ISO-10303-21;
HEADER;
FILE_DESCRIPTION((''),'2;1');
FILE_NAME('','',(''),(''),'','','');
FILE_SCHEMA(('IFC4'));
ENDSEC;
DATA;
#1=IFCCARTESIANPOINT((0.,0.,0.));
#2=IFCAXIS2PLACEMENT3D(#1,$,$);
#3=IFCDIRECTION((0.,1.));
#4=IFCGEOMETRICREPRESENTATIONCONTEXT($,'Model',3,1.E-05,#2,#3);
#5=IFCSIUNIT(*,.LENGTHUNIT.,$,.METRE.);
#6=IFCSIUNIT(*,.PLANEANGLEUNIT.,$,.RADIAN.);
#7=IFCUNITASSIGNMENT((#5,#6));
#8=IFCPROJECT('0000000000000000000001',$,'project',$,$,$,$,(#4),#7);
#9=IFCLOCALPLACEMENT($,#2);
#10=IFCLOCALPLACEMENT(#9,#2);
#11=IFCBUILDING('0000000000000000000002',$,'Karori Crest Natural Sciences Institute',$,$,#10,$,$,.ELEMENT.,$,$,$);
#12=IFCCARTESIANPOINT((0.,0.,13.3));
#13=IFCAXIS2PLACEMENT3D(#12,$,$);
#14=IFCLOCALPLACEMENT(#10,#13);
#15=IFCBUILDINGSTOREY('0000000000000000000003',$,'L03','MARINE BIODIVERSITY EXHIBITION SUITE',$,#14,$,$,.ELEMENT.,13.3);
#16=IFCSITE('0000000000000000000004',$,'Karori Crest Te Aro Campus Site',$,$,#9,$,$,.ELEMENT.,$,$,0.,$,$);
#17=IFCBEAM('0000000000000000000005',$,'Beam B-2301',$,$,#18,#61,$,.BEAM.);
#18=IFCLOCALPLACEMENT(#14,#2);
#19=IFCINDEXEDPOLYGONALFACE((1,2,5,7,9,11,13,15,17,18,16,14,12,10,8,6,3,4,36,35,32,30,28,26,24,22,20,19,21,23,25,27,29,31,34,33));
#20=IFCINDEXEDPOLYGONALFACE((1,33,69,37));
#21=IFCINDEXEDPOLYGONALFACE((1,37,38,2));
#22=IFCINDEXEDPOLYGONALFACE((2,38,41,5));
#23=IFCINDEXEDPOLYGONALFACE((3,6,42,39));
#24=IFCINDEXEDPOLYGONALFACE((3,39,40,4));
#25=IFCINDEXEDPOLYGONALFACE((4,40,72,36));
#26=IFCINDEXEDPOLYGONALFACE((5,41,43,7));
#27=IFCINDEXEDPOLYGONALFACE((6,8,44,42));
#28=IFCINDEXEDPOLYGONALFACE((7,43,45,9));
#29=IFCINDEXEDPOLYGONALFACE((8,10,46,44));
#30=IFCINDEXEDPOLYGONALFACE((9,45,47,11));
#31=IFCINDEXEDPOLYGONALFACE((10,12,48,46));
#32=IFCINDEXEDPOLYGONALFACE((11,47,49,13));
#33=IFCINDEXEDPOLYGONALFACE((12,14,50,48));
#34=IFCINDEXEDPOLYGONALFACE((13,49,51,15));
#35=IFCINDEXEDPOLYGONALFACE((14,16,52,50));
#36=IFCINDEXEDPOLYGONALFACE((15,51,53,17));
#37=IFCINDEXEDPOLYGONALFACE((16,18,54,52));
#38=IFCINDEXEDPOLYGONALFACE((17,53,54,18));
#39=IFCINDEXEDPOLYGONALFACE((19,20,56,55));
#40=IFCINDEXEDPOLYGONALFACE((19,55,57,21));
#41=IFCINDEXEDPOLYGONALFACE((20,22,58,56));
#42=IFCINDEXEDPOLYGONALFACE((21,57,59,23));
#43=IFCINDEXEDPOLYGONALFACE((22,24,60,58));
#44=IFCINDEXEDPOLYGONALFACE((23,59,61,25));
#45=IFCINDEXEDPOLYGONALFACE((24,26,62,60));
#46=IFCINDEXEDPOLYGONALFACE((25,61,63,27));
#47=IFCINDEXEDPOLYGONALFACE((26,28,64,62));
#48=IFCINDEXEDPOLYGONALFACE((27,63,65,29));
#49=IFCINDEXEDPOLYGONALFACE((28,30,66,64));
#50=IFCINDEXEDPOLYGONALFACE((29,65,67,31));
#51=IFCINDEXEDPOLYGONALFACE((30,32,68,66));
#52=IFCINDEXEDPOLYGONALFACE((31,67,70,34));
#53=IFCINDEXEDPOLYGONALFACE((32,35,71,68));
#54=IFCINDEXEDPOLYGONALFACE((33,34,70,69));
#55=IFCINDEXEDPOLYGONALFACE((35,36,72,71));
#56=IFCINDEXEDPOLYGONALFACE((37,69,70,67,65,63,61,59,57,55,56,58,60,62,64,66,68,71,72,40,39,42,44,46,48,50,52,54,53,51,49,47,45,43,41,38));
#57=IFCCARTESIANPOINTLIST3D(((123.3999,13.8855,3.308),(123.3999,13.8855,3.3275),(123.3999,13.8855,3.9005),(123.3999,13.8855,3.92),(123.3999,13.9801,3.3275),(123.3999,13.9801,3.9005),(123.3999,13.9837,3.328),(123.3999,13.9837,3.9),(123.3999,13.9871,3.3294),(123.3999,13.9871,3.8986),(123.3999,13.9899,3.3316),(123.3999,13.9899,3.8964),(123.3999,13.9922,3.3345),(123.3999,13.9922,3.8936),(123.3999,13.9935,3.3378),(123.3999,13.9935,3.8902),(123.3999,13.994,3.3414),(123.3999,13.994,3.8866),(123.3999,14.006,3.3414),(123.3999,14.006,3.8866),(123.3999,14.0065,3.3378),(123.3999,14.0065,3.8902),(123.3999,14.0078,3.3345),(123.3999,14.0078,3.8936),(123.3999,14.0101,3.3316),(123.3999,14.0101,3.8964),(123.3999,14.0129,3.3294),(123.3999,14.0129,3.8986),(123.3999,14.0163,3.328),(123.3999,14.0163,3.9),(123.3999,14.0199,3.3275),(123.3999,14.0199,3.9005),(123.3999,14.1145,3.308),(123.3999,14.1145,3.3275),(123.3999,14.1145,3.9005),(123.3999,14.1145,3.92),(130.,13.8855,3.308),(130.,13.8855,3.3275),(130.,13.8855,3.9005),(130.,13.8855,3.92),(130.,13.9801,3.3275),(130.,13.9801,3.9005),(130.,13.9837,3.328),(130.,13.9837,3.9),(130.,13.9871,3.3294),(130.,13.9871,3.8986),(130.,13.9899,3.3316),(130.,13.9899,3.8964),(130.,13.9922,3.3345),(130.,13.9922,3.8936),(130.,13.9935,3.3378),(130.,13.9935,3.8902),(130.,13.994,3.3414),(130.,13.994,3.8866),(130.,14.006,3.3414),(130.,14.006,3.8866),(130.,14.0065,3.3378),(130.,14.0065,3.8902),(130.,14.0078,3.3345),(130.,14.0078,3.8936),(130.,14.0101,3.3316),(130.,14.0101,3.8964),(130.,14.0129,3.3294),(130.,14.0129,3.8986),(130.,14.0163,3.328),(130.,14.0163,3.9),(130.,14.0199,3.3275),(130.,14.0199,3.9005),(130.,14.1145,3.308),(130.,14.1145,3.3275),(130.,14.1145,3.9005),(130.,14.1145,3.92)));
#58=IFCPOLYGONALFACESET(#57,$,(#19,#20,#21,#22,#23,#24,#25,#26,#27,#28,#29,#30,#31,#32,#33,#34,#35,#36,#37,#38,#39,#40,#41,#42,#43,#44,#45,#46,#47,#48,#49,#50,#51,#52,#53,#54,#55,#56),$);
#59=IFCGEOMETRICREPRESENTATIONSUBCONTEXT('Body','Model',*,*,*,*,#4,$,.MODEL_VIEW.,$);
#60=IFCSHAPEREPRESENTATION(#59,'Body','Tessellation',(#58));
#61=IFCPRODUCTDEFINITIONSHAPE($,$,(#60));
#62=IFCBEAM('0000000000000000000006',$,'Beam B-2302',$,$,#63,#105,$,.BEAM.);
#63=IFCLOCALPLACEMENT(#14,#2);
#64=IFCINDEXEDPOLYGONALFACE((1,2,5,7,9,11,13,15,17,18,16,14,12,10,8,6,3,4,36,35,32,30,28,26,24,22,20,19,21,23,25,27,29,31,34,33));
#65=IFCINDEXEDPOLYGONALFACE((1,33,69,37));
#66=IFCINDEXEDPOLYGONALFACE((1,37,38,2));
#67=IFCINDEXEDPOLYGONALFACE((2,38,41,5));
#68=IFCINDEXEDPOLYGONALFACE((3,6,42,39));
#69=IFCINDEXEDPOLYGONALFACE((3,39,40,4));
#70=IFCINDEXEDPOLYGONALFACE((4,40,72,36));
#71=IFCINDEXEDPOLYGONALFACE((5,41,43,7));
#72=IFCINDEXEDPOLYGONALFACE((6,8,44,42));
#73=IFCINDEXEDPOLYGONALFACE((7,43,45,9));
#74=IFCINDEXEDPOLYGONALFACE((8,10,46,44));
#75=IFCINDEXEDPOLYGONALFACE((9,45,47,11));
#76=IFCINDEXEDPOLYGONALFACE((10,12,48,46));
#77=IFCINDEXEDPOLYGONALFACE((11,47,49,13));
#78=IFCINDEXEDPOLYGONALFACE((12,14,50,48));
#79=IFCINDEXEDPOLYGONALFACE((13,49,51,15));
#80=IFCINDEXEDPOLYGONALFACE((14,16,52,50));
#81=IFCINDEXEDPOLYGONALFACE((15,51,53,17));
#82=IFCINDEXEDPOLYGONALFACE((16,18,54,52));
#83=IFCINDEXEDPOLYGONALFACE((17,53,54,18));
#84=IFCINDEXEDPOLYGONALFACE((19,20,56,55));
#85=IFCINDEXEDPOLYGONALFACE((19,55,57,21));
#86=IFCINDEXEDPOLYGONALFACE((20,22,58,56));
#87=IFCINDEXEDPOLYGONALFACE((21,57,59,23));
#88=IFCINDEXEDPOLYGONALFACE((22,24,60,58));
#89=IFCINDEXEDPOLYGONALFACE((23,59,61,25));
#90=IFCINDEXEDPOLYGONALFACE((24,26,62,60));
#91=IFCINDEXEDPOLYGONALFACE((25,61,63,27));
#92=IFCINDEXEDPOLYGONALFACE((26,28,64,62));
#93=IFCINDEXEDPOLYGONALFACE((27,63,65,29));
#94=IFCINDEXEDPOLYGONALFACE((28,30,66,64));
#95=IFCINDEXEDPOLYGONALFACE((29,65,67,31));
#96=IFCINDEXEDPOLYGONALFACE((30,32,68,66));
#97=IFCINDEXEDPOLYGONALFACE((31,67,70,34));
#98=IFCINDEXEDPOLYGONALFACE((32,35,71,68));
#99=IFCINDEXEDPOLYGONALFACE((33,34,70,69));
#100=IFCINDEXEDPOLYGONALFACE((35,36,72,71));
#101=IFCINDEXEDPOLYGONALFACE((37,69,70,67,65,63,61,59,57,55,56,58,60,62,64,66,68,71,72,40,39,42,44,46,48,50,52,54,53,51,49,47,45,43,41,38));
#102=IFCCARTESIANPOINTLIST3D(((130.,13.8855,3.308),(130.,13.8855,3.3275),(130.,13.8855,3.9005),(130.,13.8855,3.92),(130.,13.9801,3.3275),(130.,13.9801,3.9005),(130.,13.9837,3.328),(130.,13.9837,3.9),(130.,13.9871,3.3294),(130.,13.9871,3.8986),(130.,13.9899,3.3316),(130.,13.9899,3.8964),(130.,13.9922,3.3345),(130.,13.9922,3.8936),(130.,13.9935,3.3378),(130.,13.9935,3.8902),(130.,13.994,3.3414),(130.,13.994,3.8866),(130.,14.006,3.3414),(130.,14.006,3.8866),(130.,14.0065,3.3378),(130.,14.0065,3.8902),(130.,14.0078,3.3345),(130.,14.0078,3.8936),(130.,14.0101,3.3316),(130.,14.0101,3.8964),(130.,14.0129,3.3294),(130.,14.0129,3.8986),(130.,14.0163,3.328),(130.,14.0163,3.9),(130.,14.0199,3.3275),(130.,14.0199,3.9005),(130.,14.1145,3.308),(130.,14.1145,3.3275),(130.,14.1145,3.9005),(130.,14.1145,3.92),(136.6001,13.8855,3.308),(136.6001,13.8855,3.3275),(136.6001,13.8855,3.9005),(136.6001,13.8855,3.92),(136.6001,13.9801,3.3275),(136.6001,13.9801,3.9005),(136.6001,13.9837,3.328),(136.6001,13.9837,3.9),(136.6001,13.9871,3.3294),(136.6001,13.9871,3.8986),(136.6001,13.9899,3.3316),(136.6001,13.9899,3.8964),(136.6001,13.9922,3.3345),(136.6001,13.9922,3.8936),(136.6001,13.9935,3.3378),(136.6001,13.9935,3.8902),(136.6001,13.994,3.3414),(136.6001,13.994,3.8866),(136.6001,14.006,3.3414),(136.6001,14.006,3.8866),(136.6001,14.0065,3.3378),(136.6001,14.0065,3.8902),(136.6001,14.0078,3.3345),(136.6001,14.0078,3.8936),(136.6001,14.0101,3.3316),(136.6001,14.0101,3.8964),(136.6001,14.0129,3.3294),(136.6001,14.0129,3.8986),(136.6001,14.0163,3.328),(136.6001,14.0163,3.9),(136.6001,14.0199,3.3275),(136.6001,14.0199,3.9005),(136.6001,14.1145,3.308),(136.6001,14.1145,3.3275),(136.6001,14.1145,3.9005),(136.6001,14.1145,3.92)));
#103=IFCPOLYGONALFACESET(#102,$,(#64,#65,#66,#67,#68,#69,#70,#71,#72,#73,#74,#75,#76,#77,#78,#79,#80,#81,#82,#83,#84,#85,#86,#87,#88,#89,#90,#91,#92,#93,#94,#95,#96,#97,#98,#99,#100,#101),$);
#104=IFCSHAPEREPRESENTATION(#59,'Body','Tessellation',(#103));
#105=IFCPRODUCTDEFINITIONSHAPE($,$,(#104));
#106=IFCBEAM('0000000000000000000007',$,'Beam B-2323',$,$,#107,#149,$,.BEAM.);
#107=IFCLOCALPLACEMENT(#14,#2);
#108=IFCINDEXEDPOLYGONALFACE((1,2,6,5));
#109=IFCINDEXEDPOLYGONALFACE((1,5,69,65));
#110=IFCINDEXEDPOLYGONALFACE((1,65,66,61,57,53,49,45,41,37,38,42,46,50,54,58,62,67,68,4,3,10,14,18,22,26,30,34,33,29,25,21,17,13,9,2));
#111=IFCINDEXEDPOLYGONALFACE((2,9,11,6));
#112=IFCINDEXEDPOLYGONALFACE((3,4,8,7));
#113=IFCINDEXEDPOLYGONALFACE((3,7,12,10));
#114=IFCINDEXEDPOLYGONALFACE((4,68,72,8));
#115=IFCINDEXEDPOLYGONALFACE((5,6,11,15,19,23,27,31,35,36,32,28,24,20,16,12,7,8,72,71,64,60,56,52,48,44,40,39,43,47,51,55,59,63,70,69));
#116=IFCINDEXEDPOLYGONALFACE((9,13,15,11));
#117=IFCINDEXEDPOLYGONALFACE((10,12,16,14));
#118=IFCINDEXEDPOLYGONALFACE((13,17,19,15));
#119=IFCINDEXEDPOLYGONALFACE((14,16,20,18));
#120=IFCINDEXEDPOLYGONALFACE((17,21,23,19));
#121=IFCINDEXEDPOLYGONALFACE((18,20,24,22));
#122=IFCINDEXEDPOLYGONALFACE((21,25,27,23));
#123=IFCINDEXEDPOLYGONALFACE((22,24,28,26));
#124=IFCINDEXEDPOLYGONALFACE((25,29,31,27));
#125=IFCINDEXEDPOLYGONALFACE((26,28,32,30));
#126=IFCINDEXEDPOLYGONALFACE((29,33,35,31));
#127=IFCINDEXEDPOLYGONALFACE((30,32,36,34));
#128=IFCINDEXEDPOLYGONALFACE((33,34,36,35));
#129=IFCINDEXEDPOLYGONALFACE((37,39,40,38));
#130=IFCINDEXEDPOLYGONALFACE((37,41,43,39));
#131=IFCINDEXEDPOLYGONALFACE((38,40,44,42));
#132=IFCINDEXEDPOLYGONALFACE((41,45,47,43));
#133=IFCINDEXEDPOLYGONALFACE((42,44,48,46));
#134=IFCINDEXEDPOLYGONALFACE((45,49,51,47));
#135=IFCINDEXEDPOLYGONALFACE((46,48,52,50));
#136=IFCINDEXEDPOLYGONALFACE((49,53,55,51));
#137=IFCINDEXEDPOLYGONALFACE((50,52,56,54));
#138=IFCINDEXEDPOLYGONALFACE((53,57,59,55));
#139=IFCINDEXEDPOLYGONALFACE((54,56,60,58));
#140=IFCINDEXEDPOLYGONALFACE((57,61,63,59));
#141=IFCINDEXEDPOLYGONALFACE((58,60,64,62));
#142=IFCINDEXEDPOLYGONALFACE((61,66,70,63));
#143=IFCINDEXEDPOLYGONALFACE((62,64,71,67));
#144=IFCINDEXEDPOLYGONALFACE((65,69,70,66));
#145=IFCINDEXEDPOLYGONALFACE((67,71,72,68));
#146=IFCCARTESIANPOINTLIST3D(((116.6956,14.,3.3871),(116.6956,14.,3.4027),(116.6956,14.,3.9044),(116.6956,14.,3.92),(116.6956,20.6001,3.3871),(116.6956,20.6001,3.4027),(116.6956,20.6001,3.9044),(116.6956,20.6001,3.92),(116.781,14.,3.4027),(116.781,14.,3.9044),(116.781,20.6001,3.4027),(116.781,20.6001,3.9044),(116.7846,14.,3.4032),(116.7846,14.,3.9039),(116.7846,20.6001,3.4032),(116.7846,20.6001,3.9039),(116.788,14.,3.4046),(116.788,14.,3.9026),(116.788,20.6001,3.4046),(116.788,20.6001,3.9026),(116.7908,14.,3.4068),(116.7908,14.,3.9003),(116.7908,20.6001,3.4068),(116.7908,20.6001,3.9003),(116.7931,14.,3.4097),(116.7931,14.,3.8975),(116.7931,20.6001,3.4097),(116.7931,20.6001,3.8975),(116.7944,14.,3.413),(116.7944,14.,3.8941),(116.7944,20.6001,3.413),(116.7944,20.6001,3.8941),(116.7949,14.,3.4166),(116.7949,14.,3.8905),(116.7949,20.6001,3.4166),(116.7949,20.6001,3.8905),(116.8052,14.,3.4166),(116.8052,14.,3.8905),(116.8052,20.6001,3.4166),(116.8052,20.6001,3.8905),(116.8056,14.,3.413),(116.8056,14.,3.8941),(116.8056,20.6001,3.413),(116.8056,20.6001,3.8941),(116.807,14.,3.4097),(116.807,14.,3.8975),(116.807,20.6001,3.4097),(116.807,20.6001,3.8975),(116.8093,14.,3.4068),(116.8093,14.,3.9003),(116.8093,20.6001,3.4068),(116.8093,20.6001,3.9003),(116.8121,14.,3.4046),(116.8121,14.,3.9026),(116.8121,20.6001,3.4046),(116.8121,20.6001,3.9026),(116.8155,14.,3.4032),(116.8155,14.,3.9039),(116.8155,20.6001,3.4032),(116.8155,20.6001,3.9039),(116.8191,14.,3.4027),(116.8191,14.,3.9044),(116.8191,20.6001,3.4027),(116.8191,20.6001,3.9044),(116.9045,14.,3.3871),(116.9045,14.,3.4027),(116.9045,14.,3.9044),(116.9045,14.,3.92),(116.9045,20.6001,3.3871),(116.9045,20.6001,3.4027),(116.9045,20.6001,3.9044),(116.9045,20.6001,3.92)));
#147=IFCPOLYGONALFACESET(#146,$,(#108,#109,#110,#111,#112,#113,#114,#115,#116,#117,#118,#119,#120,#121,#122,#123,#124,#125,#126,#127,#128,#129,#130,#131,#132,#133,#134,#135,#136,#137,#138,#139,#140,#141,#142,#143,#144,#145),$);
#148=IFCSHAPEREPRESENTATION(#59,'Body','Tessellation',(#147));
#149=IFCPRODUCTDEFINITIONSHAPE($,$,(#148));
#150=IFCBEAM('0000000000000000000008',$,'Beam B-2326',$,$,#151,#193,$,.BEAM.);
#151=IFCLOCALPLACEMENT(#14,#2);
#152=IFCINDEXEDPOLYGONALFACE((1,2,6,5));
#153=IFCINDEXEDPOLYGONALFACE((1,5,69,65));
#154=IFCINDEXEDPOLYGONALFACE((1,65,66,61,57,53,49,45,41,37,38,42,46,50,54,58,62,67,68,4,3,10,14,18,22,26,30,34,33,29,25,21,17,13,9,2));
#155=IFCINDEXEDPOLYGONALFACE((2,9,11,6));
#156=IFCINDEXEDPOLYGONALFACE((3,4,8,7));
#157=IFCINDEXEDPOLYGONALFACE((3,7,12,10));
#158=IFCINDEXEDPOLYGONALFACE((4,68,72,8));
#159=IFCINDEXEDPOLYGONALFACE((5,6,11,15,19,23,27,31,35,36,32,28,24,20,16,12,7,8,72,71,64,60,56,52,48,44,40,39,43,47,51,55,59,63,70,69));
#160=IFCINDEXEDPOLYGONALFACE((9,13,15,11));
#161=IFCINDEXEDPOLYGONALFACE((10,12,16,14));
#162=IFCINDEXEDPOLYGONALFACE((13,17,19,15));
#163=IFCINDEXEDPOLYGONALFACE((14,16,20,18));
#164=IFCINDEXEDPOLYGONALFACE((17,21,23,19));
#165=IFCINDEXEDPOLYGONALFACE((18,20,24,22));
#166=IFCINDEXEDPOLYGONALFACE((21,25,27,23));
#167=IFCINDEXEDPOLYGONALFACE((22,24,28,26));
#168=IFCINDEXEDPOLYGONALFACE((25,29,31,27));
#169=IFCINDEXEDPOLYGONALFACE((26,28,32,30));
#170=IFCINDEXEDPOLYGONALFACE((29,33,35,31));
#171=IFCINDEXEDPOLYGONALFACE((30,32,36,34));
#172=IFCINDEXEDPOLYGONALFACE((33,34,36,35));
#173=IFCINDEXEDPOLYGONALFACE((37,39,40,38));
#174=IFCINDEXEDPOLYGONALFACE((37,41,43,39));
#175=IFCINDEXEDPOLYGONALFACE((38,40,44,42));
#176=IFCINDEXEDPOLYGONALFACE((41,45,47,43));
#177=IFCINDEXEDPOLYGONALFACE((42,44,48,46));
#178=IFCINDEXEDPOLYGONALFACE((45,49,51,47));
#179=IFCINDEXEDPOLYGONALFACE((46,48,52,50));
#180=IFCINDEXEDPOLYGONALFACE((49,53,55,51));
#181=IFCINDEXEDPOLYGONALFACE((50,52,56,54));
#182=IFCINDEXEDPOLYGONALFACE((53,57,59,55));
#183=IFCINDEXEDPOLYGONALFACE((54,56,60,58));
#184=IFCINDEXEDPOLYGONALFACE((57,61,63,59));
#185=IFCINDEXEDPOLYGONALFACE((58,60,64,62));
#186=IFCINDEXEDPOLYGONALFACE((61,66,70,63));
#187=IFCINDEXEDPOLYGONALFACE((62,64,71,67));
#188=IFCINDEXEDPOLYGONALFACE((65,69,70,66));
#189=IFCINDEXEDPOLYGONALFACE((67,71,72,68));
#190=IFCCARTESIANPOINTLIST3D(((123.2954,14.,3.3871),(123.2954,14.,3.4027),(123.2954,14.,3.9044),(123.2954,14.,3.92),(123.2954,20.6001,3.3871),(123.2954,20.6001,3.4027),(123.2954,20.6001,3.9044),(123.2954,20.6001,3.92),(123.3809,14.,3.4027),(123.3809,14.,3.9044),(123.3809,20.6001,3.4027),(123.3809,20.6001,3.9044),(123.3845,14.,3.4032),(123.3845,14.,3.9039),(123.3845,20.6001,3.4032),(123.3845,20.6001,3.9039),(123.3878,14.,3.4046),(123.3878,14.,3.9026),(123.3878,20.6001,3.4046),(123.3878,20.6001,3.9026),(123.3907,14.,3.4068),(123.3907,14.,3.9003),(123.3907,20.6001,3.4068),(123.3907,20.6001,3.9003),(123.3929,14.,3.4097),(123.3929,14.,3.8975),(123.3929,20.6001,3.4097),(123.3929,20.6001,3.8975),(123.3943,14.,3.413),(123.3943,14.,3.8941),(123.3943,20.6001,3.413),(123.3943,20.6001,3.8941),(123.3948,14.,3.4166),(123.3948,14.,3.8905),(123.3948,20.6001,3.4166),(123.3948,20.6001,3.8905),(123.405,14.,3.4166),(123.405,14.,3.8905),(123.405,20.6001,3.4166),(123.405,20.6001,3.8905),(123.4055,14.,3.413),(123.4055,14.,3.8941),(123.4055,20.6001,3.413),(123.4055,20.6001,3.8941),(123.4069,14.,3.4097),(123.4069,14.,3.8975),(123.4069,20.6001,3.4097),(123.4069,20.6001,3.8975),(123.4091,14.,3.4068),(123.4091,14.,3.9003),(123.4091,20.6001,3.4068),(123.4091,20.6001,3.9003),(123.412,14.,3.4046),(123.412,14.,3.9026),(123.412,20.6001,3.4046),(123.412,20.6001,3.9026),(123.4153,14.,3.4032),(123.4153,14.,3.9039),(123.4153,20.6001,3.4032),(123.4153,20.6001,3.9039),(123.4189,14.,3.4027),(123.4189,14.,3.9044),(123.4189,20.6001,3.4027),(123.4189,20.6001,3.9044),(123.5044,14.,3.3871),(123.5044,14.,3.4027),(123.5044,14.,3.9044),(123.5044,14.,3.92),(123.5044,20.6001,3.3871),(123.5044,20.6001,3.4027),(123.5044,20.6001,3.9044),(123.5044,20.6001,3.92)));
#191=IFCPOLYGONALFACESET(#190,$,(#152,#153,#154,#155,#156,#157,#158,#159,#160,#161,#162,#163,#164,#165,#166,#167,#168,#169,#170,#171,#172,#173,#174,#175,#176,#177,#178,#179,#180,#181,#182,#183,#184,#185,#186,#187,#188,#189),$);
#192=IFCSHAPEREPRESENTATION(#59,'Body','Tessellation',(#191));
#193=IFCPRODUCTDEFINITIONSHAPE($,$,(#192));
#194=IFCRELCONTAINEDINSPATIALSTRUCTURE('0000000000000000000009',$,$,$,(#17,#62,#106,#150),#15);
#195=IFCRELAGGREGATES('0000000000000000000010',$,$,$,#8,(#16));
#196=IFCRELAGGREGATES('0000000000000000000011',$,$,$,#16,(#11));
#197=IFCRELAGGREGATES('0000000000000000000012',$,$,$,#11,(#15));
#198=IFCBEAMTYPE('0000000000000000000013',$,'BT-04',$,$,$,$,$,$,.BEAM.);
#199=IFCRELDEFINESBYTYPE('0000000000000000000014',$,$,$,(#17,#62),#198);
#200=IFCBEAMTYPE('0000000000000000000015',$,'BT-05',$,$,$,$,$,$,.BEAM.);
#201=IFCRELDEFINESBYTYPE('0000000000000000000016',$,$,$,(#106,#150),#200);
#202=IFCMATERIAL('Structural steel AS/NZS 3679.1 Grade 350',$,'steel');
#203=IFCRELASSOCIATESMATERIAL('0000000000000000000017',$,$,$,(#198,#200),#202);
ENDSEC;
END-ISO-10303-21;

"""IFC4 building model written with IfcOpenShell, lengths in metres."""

from ifc_helpers import new_model, si_unit, direction, frame, origin, origin_2d, place, context, subcontext, project, spatial, i_section, extrude, material, material_profile, profile_set, type_object, element, save


model = new_model("IFC4")

# Units and contexts
model_context = context("Model", 3, precision=1e-05, world=origin(), true_north=direction((0.0, 1.0)))
body_context = subcontext(model_context, "Body", "Model", "MODEL_VIEW")
ifc_project = project(units=[si_unit("LENGTHUNIT", "METRE"), si_unit("PLANEANGLEUNIT", "RADIAN")], contexts=[model_context])

# Site, building, storey
site_placement = place(None, origin())
site = spatial("IfcSite", under=ifc_project, at=site_placement, Name="Karori Crest Te Aro Campus Site", CompositionType="ELEMENT", RefElevation=0.0)
building_placement = place(site_placement, origin())
building = spatial("IfcBuilding", under=site, at=building_placement, Name="Karori Crest Natural Sciences Institute", CompositionType="ELEMENT")
storey_placement = place(building_placement, frame((0.0, 0.0, 13.3)))
storey = spatial("IfcBuildingStorey", under=building, at=storey_placement, Name="L03", Description="MARINE BIODIVERSITY EXHIBITION SUITE", CompositionType="ELEMENT", Elevation=13.3)

# Shared definitions
ifc_material_1 = material(Name="Structural steel AS/NZS 3679.1 Grade 350", Category="steel")

# Beams
ifc_material_profile_1 = material_profile(ifc_material_1, i_section(OverallWidth=0.229, OverallDepth=0.6121, WebThickness=0.012, FlangeThickness=0.0195, FilletRadius=0.0139, at=origin_2d()), Name="610UB125")
ifc_profile_set_1 = profile_set([ifc_material_profile_1], Name="Structural steel AS/NZS 3679.1 Grade 350")
beam_type_1 = type_object("IfcBeamType", Name="BT-04", PredefinedType="BEAM", material=ifc_profile_set_1)
for number, where, z_axis, x_axis, name in (
    (1, (123.3999, 14.0, 3.614), (1.0, 0.0, 0.0), (0.0, 1.0, 0.0), "Beam B-2301"),
    (2, (130.0, 14.0, 3.614), (1.0, 0.0, 0.0), (0.0, 1.0, 0.0), "Beam B-2302"),
):
    element("IfcBeam", number, at=place(storey_placement, frame(where, z_axis=z_axis, x_axis=x_axis)), inside=storey, type_object=beam_type_1, Name=name, PredefinedType="BEAM", context=body_context, shape_type="SweptSolid", body=[
        extrude(i_section(OverallWidth=0.229, OverallDepth=0.6121, WebThickness=0.012, FlangeThickness=0.0195, FilletRadius=0.0139, at=origin_2d()), origin(), (0.0, 0.0, 1.0), 6.6001),
    ])
ifc_material_profile_2 = material_profile(ifc_material_1, i_section(OverallWidth=0.209, OverallDepth=0.533, WebThickness=0.0103, FlangeThickness=0.0156, FilletRadius=0.0139, at=origin_2d()), Name="530UB92.4")
ifc_profile_set_2 = profile_set([ifc_material_profile_2], Name="Structural steel AS/NZS 3679.1 Grade 350")
beam_type_2 = type_object("IfcBeamType", Name="BT-05", PredefinedType="BEAM", material=ifc_profile_set_2)
for number, where, z_axis, x_axis, name in (
    (3, (116.8, 14.0, 3.6536), (0.0, 1.0, 0.0), (-1.0, 0.0, 0.0), "Beam B-2323"),
    (4, (123.3999, 14.0, 3.6536), (0.0, 1.0, 0.0), (-1.0, 0.0, 0.0), "Beam B-2326"),
):
    element("IfcBeam", number, at=place(storey_placement, frame(where, z_axis=z_axis, x_axis=x_axis)), inside=storey, type_object=beam_type_2, Name=name, PredefinedType="BEAM", context=body_context, shape_type="SweptSolid", body=[
        extrude(i_section(OverallWidth=0.209, OverallDepth=0.533, WebThickness=0.0103, FlangeThickness=0.0156, FilletRadius=0.0139, at=origin_2d()), origin(), (0.0, 0.0, 1.0), 6.6001),
    ])

save(model, "model.ifc")
